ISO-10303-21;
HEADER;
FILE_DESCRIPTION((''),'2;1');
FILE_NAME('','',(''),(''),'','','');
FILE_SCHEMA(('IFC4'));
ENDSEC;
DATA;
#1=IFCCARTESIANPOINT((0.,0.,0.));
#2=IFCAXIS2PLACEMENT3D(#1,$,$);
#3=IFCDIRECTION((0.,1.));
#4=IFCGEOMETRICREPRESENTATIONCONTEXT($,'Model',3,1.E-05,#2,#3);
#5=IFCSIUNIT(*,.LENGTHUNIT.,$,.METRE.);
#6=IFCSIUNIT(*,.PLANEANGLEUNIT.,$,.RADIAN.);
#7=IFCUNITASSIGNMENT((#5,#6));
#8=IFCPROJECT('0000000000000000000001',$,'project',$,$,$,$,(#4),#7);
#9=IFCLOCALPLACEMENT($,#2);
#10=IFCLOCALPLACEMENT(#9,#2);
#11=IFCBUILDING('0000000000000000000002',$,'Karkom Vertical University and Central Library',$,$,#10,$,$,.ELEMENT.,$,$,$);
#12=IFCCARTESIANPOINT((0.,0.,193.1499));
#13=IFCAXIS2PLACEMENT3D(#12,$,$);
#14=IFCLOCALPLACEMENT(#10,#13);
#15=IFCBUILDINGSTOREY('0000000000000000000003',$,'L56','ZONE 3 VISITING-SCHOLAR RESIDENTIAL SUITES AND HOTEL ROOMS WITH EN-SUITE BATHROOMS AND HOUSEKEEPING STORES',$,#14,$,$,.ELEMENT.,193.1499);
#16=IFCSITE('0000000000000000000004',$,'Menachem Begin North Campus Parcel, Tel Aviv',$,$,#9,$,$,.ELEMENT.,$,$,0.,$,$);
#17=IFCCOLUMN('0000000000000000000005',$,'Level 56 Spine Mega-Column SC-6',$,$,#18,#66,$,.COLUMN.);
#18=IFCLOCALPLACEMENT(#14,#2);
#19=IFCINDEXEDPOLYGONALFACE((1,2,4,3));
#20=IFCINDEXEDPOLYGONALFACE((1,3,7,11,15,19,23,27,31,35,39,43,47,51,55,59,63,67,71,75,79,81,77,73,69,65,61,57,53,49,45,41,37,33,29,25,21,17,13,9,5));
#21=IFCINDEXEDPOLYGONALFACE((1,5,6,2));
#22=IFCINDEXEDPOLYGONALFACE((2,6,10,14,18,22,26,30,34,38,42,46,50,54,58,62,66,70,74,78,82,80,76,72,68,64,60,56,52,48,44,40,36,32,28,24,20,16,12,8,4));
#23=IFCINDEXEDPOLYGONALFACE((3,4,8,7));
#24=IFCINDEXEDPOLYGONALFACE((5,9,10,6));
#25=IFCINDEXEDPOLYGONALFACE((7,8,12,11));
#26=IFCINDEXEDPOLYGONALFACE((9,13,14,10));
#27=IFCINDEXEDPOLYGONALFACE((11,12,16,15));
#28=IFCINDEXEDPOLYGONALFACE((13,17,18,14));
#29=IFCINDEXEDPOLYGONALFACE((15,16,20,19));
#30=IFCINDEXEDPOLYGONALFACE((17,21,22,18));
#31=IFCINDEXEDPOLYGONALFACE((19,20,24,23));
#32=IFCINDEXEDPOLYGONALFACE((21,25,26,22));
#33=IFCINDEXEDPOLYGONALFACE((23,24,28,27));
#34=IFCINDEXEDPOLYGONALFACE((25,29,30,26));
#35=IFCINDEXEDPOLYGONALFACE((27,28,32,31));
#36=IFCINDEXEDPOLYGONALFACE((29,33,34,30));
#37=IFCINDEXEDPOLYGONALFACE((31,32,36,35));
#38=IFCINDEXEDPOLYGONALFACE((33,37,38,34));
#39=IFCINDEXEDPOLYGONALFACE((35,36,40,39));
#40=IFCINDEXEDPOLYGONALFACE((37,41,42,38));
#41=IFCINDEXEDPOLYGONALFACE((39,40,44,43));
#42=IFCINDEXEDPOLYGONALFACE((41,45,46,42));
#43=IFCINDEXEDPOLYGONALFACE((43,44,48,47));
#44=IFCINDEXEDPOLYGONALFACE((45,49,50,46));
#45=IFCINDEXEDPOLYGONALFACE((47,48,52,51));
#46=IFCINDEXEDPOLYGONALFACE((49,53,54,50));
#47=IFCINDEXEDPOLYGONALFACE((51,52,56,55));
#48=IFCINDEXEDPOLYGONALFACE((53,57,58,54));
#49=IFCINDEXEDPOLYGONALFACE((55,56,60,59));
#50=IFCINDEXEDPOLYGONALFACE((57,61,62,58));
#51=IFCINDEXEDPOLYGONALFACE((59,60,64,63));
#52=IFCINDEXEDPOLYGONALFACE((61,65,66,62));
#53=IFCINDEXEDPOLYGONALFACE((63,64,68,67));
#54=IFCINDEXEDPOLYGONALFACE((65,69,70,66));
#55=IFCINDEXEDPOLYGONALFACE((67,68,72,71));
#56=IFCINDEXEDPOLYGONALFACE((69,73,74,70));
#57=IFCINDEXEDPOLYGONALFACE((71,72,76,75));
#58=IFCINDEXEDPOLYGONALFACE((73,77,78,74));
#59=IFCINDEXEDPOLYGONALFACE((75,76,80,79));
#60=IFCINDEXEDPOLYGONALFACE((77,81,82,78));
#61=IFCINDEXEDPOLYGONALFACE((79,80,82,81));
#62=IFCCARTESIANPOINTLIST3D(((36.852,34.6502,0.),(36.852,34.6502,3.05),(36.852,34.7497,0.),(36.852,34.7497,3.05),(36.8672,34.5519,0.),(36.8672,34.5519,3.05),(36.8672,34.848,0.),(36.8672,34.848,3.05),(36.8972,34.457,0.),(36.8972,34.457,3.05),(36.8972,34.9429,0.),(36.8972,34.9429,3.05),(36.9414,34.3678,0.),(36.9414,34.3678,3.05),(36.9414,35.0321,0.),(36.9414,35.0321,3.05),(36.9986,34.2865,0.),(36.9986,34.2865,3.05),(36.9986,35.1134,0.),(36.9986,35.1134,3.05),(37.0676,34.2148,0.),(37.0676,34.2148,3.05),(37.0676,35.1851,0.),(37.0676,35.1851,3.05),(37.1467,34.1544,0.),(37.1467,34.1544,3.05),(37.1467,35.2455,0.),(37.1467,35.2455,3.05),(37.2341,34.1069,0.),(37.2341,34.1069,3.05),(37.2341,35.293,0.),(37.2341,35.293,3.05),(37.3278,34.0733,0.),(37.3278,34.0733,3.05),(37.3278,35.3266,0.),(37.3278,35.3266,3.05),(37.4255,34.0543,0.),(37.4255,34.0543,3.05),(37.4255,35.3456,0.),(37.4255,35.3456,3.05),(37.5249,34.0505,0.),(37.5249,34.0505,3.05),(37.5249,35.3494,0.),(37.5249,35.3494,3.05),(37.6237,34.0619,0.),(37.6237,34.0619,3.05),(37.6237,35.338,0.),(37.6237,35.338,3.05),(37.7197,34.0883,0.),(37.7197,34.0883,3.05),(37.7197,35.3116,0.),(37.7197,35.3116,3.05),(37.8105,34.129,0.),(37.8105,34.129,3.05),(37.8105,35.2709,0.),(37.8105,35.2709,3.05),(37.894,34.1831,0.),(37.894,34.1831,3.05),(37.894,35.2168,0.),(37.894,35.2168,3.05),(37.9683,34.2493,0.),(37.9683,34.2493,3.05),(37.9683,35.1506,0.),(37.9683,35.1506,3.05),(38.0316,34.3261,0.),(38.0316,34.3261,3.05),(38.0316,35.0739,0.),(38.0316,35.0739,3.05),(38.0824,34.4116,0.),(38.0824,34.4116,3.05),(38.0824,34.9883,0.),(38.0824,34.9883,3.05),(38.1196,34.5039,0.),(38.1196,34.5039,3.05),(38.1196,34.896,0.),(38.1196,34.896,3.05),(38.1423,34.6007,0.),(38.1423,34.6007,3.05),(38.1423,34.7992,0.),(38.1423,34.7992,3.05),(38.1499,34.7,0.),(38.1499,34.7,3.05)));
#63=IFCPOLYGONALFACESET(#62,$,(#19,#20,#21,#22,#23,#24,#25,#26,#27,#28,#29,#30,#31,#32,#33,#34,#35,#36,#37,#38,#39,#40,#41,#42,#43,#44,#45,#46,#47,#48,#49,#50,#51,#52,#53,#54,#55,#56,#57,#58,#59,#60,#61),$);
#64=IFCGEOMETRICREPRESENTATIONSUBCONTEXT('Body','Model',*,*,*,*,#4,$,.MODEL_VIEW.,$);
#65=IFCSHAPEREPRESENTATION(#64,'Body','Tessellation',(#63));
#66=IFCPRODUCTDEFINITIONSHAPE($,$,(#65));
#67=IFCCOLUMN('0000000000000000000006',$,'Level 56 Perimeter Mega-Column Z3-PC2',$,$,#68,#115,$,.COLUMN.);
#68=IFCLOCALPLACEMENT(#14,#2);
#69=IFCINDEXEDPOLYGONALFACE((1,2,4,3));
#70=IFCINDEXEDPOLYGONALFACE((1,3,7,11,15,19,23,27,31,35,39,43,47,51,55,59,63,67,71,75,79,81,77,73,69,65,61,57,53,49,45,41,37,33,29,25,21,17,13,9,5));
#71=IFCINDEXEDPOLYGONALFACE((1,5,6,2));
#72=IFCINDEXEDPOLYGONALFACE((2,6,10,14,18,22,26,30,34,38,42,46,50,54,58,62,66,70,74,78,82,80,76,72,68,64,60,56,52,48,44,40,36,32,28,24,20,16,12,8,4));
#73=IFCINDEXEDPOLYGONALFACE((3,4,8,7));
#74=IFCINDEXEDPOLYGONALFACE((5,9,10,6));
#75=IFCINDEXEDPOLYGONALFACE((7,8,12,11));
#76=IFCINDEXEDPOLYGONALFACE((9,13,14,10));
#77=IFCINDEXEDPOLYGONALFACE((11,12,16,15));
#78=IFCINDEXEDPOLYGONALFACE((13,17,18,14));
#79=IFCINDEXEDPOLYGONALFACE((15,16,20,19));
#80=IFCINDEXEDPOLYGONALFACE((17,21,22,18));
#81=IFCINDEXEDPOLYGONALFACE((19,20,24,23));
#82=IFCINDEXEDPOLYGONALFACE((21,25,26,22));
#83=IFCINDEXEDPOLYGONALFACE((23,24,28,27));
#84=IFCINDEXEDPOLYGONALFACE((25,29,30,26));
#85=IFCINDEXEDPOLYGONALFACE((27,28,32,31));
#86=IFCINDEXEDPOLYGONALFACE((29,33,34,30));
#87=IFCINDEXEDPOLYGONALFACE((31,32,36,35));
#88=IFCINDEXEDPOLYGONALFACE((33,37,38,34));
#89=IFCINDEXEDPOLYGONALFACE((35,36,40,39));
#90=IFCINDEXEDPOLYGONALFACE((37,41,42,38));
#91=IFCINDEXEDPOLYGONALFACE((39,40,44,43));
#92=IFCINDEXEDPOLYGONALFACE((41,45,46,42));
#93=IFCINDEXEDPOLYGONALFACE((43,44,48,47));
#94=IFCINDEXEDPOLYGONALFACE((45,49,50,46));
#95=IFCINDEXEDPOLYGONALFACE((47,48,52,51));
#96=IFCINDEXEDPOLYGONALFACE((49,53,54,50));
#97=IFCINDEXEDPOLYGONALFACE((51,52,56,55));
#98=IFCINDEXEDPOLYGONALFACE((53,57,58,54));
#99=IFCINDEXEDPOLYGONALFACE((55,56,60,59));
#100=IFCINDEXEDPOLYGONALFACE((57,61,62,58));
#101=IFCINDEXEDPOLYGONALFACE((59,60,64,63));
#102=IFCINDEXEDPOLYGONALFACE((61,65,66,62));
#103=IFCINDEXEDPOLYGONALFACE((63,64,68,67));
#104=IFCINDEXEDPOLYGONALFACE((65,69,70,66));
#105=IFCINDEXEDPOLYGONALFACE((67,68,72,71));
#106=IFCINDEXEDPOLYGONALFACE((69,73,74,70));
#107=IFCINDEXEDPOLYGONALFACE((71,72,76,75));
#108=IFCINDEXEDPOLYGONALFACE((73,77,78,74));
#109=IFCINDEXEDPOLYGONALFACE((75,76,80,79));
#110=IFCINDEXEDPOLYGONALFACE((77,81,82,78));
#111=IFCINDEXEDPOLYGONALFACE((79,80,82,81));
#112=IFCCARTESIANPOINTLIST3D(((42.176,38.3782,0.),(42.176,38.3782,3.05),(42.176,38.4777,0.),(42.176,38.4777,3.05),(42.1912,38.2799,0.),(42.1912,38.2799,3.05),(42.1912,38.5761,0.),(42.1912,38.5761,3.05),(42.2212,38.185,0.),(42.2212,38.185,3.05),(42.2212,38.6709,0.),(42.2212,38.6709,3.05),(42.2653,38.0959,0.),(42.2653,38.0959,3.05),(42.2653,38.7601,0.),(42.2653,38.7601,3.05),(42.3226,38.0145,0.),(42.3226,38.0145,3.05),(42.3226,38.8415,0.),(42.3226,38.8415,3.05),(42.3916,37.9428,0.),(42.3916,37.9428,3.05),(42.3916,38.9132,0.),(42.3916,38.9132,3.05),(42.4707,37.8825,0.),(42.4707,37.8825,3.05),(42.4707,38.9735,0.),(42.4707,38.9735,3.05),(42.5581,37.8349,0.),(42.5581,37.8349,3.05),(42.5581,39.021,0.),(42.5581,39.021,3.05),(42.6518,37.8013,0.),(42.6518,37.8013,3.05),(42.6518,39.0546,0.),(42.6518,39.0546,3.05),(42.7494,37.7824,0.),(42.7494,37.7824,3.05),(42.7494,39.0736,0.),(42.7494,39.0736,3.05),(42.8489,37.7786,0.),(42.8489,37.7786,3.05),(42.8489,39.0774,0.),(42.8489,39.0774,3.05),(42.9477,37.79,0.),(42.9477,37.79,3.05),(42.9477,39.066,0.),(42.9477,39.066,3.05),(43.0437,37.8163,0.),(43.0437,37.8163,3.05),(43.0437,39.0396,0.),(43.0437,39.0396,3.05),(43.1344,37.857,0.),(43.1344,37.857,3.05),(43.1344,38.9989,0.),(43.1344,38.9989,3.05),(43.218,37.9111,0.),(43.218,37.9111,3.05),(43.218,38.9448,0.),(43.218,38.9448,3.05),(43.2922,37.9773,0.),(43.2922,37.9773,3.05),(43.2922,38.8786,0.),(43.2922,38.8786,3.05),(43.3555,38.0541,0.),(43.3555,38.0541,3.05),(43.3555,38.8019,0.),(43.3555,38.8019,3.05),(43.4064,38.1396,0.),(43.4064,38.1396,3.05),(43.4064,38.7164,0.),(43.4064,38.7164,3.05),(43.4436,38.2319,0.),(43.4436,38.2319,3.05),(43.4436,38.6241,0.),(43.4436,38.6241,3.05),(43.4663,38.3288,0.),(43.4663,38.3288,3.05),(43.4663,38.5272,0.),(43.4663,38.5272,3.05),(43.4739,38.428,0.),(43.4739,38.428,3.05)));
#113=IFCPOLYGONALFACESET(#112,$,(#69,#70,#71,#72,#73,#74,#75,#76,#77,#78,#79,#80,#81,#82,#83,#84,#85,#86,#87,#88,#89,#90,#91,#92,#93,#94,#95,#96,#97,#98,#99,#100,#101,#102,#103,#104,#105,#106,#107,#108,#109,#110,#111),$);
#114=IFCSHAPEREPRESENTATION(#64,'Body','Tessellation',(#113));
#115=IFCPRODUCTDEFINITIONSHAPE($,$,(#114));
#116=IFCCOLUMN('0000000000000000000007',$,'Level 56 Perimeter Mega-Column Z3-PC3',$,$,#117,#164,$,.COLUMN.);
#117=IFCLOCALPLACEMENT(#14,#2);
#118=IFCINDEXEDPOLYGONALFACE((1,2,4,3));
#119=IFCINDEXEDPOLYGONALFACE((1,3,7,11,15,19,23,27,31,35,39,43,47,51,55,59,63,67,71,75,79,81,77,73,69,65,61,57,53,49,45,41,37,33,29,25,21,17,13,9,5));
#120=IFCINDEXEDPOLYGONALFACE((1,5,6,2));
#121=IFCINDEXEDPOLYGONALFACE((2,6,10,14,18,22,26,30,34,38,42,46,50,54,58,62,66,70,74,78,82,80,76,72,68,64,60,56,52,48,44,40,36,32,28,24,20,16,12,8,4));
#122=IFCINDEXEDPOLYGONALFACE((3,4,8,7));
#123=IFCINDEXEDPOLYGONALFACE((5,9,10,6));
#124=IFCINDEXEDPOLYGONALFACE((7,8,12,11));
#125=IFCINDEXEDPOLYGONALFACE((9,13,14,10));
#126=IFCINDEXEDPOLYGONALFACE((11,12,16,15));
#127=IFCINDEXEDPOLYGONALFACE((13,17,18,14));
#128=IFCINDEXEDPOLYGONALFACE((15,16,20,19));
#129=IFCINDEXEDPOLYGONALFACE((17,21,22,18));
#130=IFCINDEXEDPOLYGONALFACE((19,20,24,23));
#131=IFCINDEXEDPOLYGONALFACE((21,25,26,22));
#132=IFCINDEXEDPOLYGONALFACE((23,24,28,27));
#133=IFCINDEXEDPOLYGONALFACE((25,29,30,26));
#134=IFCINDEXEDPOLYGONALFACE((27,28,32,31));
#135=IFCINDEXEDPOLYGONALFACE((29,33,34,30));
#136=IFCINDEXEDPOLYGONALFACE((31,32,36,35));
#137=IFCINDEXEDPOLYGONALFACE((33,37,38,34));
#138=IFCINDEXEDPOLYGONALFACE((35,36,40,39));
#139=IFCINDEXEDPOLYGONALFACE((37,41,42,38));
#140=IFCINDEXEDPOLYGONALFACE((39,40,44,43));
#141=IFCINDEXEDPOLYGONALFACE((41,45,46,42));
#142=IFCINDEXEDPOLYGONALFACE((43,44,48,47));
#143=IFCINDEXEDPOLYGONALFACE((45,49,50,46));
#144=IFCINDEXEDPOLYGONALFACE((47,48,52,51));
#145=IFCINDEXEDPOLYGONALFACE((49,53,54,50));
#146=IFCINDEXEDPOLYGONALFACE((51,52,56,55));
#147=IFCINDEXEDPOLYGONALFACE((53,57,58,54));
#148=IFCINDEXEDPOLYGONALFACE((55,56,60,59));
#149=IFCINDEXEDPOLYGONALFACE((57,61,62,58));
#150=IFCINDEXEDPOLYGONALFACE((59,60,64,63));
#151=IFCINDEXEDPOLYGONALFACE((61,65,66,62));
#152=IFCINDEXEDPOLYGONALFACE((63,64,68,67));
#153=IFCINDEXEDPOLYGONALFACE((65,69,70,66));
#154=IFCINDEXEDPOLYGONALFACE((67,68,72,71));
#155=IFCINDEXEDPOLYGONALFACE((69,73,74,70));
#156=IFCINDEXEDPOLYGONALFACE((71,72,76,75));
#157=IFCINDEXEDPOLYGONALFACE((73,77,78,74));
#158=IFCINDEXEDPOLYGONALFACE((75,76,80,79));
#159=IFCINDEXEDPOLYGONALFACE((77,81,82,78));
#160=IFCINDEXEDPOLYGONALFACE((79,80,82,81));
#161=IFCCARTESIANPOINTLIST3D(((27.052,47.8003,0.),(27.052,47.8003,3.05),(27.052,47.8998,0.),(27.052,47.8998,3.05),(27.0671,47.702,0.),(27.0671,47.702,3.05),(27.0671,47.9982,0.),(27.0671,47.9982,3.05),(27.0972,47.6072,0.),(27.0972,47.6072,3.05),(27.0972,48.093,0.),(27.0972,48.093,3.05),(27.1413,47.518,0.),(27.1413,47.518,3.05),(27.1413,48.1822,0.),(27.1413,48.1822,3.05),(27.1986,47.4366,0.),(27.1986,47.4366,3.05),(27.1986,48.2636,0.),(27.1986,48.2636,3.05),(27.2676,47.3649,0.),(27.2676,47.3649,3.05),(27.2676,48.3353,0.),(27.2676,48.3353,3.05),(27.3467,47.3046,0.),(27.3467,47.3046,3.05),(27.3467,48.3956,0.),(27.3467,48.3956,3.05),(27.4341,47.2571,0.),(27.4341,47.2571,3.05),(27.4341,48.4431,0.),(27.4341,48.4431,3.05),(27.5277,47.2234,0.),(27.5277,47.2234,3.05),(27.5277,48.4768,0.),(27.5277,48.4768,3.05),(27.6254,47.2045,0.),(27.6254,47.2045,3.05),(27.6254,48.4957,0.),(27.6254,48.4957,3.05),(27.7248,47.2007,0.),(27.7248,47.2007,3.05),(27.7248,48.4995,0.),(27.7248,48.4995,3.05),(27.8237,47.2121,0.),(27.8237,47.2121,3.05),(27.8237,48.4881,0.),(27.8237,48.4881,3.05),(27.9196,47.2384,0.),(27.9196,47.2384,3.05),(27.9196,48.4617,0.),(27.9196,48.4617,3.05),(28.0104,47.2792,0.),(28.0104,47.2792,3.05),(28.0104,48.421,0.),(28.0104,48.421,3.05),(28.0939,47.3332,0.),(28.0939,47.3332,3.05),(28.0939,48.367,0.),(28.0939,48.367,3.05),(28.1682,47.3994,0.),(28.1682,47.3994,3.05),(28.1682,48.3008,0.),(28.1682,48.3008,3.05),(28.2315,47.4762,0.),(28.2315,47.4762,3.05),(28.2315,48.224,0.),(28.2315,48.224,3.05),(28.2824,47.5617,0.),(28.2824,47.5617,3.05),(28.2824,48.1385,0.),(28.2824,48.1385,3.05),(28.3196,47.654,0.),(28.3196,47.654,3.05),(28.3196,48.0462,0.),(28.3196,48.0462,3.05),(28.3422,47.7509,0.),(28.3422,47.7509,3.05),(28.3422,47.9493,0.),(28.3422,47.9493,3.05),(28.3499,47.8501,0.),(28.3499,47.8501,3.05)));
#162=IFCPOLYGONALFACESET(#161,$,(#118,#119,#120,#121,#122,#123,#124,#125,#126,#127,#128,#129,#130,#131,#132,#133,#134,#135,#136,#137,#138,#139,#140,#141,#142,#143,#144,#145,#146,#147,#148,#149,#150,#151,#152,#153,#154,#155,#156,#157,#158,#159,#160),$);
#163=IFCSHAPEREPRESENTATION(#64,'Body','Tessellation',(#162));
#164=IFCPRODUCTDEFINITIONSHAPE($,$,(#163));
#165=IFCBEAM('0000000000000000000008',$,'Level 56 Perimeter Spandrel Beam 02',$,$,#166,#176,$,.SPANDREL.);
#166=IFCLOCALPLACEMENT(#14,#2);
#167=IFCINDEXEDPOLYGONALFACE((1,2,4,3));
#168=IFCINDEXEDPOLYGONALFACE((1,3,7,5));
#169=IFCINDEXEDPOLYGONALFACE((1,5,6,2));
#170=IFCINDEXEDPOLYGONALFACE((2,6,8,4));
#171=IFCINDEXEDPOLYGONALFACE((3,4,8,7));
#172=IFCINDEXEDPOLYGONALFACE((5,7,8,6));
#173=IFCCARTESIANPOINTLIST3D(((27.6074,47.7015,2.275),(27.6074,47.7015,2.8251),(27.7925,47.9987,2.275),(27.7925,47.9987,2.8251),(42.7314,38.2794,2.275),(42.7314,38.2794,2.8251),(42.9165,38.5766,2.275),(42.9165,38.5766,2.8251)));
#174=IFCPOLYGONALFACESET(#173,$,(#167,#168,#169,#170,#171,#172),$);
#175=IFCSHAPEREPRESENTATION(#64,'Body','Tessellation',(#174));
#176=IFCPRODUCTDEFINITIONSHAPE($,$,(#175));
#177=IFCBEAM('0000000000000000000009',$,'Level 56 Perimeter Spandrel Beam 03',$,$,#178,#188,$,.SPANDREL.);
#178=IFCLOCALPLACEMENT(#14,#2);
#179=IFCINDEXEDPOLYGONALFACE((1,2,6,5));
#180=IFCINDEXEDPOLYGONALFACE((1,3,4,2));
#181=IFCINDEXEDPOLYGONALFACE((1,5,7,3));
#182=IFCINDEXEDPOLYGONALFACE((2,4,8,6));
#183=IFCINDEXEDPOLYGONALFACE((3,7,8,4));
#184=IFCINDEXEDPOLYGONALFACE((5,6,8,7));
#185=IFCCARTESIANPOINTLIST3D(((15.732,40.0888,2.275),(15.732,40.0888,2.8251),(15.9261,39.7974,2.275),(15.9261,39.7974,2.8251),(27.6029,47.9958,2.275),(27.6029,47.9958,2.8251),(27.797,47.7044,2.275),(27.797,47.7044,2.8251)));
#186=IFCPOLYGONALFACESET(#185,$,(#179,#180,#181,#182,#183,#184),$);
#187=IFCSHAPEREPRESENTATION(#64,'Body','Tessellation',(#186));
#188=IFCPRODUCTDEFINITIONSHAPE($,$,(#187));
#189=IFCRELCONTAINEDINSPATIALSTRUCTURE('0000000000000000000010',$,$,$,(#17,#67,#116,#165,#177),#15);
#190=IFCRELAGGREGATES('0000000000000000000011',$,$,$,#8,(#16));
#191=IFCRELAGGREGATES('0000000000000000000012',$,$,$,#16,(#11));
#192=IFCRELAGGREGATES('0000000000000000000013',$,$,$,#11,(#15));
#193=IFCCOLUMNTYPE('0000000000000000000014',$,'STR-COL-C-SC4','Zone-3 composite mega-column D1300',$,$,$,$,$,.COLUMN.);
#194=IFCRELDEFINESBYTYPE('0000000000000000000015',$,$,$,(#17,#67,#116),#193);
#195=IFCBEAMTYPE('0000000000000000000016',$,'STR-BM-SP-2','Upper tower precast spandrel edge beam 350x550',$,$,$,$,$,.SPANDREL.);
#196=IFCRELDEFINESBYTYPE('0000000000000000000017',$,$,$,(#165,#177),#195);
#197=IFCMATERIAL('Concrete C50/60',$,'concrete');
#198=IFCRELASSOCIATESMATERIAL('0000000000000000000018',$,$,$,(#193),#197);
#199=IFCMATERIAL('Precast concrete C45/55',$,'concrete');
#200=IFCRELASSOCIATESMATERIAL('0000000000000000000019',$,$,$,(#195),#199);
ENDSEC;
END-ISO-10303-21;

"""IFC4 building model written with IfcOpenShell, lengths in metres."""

from ifc_helpers import new_model, si_unit, direction, frame, origin, origin_with_axes, origin_2d, place, context, subcontext, project, spatial, rectangle, circle, extrude, source, transform, mapped, material, material_profile, profile_set, type_object, element, save


model = new_model("IFC4")

# Units and contexts
model_context = context("Model", 3, precision=1e-05, world=origin(), true_north=direction((0.0, 1.0)))
body_context = subcontext(model_context, "Body", "Model", "MODEL_VIEW")
ifc_project = project(units=[si_unit("LENGTHUNIT", "METRE"), si_unit("PLANEANGLEUNIT", "RADIAN")], contexts=[model_context])

# Site, building, storey
site_placement = place(None, origin())
site = spatial("IfcSite", under=ifc_project, at=site_placement, Name="Menachem Begin North Campus Parcel, Tel Aviv", CompositionType="ELEMENT", RefElevation=0.0)
building_placement = place(site_placement, origin())
building = spatial("IfcBuilding", under=site, at=building_placement, Name="Karkom Vertical University and Central Library", CompositionType="ELEMENT")
storey_placement = place(building_placement, frame((0.0, 0.0, 193.1499)))
storey = spatial("IfcBuildingStorey", under=building, at=storey_placement, Name="L56", Description="ZONE 3 VISITING-SCHOLAR RESIDENTIAL SUITES AND HOTEL ROOMS WITH EN-SUITE BATHROOMS AND HOUSEKEEPING STORES", CompositionType="ELEMENT", Elevation=193.1499)

# Columns
ifc_material_1 = material(Name="Concrete C50/60", Category="concrete")
ifc_material_profile_1 = material_profile(ifc_material_1, circle(Radius=0.6499, at=origin_2d()), Name="CFT-D1300")
ifc_profile_set_1 = profile_set([ifc_material_profile_1], Name="Concrete C50/60")
column_type = type_object("IfcColumnType", Name="STR-COL-C-SC4", Description="Zone-3 composite mega-column D1300", PredefinedType="COLUMN", material=ifc_profile_set_1)
shared_shape_1 = source(origin_with_axes(), body_context, "Body", "SweptSolid", [
    extrude(circle(Radius=0.6499, at=origin_2d()), origin(), (0.0, 0.0, 1.0), 3.05),
])
for number, where, z_axis, x_axis, name in (
    (1, (37.5, 34.7, 0.0), (0.0, 0.0, 1.0), (1.0, 0.0, 0.0), "Level 56 Spine Mega-Column SC-6"),
    (2, (42.824, 38.428, 0.0), (0.0, 0.0, 1.0), (1.0, 0.0, 0.0), "Level 56 Perimeter Mega-Column Z3-PC2"),
    (3, (27.7, 47.8501, 0.0), (0.0, 0.0, 1.0), (1.0, 0.0, 0.0), "Level 56 Perimeter Mega-Column Z3-PC3"),
):
    element("IfcColumn", number, at=place(storey_placement, frame(where, z_axis=z_axis, x_axis=x_axis)), inside=storey, type_object=column_type, Name=name, PredefinedType="COLUMN", context=body_context, shape_type="MappedRepresentation", body=[
        mapped(shared_shape_1, transform((0.0, 0.0, 0.0), scale=1.0)),
    ])

# Beams
ifc_material_2 = material(Name="Precast concrete C45/55", Category="concrete")
ifc_material_profile_2 = material_profile(ifc_material_2, rectangle(XDim=0.3501, YDim=0.55, at=origin_2d()), Name="SPB-350x550")
ifc_profile_set_2 = profile_set([ifc_material_profile_2], Name="Precast concrete C45/55")
beam_type_1 = type_object("IfcBeamType", Name="STR-BM-SP-2", Description="Upper tower precast spandrel edge beam 350x550", PredefinedType="SPANDREL", material=ifc_profile_set_2)
shared_shape_2 = source(origin_with_axes(), body_context, "Body", "SweptSolid", [
    extrude(rectangle(XDim=0.3501, YDim=0.55, at=origin_2d()), origin(), (0.0, 0.0, 1.0), 17.8188),
])
beam_1_placement = place(storey_placement, frame((42.824, 38.428, 2.55), z_axis=(-0.848764, 0.528772, 0.0), x_axis=(-0.528772, -0.848764, 0.0)))
element("IfcBeam", 4, at=beam_1_placement, inside=storey, type_object=beam_type_1, Name="Level 56 Perimeter Spandrel Beam 02", PredefinedType="SPANDREL", context=body_context, shape_type="MappedRepresentation", body=[
    mapped(shared_shape_2, transform((0.0, 0.0, 0.0), scale=1.0)),
])
shared_shape_3 = source(origin_with_axes(), body_context, "Body", "SweptSolid", [
    extrude(rectangle(XDim=0.3501, YDim=0.55, at=origin_2d()), origin(), (0.0, 0.0, 1.0), 14.2632),
])
beam_2_placement = place(storey_placement, frame((27.7, 47.8501, 2.55), z_axis=(-0.832274, -0.554364, 0.0), x_axis=(0.554364, -0.832274, 0.0)))
element("IfcBeam", 5, at=beam_2_placement, inside=storey, type_object=beam_type_1, Name="Level 56 Perimeter Spandrel Beam 03", PredefinedType="SPANDREL", context=body_context, shape_type="MappedRepresentation", body=[
    mapped(shared_shape_3, transform((0.0, 0.0, 0.0), scale=1.0)),
])

save(model, "model.ifc")
